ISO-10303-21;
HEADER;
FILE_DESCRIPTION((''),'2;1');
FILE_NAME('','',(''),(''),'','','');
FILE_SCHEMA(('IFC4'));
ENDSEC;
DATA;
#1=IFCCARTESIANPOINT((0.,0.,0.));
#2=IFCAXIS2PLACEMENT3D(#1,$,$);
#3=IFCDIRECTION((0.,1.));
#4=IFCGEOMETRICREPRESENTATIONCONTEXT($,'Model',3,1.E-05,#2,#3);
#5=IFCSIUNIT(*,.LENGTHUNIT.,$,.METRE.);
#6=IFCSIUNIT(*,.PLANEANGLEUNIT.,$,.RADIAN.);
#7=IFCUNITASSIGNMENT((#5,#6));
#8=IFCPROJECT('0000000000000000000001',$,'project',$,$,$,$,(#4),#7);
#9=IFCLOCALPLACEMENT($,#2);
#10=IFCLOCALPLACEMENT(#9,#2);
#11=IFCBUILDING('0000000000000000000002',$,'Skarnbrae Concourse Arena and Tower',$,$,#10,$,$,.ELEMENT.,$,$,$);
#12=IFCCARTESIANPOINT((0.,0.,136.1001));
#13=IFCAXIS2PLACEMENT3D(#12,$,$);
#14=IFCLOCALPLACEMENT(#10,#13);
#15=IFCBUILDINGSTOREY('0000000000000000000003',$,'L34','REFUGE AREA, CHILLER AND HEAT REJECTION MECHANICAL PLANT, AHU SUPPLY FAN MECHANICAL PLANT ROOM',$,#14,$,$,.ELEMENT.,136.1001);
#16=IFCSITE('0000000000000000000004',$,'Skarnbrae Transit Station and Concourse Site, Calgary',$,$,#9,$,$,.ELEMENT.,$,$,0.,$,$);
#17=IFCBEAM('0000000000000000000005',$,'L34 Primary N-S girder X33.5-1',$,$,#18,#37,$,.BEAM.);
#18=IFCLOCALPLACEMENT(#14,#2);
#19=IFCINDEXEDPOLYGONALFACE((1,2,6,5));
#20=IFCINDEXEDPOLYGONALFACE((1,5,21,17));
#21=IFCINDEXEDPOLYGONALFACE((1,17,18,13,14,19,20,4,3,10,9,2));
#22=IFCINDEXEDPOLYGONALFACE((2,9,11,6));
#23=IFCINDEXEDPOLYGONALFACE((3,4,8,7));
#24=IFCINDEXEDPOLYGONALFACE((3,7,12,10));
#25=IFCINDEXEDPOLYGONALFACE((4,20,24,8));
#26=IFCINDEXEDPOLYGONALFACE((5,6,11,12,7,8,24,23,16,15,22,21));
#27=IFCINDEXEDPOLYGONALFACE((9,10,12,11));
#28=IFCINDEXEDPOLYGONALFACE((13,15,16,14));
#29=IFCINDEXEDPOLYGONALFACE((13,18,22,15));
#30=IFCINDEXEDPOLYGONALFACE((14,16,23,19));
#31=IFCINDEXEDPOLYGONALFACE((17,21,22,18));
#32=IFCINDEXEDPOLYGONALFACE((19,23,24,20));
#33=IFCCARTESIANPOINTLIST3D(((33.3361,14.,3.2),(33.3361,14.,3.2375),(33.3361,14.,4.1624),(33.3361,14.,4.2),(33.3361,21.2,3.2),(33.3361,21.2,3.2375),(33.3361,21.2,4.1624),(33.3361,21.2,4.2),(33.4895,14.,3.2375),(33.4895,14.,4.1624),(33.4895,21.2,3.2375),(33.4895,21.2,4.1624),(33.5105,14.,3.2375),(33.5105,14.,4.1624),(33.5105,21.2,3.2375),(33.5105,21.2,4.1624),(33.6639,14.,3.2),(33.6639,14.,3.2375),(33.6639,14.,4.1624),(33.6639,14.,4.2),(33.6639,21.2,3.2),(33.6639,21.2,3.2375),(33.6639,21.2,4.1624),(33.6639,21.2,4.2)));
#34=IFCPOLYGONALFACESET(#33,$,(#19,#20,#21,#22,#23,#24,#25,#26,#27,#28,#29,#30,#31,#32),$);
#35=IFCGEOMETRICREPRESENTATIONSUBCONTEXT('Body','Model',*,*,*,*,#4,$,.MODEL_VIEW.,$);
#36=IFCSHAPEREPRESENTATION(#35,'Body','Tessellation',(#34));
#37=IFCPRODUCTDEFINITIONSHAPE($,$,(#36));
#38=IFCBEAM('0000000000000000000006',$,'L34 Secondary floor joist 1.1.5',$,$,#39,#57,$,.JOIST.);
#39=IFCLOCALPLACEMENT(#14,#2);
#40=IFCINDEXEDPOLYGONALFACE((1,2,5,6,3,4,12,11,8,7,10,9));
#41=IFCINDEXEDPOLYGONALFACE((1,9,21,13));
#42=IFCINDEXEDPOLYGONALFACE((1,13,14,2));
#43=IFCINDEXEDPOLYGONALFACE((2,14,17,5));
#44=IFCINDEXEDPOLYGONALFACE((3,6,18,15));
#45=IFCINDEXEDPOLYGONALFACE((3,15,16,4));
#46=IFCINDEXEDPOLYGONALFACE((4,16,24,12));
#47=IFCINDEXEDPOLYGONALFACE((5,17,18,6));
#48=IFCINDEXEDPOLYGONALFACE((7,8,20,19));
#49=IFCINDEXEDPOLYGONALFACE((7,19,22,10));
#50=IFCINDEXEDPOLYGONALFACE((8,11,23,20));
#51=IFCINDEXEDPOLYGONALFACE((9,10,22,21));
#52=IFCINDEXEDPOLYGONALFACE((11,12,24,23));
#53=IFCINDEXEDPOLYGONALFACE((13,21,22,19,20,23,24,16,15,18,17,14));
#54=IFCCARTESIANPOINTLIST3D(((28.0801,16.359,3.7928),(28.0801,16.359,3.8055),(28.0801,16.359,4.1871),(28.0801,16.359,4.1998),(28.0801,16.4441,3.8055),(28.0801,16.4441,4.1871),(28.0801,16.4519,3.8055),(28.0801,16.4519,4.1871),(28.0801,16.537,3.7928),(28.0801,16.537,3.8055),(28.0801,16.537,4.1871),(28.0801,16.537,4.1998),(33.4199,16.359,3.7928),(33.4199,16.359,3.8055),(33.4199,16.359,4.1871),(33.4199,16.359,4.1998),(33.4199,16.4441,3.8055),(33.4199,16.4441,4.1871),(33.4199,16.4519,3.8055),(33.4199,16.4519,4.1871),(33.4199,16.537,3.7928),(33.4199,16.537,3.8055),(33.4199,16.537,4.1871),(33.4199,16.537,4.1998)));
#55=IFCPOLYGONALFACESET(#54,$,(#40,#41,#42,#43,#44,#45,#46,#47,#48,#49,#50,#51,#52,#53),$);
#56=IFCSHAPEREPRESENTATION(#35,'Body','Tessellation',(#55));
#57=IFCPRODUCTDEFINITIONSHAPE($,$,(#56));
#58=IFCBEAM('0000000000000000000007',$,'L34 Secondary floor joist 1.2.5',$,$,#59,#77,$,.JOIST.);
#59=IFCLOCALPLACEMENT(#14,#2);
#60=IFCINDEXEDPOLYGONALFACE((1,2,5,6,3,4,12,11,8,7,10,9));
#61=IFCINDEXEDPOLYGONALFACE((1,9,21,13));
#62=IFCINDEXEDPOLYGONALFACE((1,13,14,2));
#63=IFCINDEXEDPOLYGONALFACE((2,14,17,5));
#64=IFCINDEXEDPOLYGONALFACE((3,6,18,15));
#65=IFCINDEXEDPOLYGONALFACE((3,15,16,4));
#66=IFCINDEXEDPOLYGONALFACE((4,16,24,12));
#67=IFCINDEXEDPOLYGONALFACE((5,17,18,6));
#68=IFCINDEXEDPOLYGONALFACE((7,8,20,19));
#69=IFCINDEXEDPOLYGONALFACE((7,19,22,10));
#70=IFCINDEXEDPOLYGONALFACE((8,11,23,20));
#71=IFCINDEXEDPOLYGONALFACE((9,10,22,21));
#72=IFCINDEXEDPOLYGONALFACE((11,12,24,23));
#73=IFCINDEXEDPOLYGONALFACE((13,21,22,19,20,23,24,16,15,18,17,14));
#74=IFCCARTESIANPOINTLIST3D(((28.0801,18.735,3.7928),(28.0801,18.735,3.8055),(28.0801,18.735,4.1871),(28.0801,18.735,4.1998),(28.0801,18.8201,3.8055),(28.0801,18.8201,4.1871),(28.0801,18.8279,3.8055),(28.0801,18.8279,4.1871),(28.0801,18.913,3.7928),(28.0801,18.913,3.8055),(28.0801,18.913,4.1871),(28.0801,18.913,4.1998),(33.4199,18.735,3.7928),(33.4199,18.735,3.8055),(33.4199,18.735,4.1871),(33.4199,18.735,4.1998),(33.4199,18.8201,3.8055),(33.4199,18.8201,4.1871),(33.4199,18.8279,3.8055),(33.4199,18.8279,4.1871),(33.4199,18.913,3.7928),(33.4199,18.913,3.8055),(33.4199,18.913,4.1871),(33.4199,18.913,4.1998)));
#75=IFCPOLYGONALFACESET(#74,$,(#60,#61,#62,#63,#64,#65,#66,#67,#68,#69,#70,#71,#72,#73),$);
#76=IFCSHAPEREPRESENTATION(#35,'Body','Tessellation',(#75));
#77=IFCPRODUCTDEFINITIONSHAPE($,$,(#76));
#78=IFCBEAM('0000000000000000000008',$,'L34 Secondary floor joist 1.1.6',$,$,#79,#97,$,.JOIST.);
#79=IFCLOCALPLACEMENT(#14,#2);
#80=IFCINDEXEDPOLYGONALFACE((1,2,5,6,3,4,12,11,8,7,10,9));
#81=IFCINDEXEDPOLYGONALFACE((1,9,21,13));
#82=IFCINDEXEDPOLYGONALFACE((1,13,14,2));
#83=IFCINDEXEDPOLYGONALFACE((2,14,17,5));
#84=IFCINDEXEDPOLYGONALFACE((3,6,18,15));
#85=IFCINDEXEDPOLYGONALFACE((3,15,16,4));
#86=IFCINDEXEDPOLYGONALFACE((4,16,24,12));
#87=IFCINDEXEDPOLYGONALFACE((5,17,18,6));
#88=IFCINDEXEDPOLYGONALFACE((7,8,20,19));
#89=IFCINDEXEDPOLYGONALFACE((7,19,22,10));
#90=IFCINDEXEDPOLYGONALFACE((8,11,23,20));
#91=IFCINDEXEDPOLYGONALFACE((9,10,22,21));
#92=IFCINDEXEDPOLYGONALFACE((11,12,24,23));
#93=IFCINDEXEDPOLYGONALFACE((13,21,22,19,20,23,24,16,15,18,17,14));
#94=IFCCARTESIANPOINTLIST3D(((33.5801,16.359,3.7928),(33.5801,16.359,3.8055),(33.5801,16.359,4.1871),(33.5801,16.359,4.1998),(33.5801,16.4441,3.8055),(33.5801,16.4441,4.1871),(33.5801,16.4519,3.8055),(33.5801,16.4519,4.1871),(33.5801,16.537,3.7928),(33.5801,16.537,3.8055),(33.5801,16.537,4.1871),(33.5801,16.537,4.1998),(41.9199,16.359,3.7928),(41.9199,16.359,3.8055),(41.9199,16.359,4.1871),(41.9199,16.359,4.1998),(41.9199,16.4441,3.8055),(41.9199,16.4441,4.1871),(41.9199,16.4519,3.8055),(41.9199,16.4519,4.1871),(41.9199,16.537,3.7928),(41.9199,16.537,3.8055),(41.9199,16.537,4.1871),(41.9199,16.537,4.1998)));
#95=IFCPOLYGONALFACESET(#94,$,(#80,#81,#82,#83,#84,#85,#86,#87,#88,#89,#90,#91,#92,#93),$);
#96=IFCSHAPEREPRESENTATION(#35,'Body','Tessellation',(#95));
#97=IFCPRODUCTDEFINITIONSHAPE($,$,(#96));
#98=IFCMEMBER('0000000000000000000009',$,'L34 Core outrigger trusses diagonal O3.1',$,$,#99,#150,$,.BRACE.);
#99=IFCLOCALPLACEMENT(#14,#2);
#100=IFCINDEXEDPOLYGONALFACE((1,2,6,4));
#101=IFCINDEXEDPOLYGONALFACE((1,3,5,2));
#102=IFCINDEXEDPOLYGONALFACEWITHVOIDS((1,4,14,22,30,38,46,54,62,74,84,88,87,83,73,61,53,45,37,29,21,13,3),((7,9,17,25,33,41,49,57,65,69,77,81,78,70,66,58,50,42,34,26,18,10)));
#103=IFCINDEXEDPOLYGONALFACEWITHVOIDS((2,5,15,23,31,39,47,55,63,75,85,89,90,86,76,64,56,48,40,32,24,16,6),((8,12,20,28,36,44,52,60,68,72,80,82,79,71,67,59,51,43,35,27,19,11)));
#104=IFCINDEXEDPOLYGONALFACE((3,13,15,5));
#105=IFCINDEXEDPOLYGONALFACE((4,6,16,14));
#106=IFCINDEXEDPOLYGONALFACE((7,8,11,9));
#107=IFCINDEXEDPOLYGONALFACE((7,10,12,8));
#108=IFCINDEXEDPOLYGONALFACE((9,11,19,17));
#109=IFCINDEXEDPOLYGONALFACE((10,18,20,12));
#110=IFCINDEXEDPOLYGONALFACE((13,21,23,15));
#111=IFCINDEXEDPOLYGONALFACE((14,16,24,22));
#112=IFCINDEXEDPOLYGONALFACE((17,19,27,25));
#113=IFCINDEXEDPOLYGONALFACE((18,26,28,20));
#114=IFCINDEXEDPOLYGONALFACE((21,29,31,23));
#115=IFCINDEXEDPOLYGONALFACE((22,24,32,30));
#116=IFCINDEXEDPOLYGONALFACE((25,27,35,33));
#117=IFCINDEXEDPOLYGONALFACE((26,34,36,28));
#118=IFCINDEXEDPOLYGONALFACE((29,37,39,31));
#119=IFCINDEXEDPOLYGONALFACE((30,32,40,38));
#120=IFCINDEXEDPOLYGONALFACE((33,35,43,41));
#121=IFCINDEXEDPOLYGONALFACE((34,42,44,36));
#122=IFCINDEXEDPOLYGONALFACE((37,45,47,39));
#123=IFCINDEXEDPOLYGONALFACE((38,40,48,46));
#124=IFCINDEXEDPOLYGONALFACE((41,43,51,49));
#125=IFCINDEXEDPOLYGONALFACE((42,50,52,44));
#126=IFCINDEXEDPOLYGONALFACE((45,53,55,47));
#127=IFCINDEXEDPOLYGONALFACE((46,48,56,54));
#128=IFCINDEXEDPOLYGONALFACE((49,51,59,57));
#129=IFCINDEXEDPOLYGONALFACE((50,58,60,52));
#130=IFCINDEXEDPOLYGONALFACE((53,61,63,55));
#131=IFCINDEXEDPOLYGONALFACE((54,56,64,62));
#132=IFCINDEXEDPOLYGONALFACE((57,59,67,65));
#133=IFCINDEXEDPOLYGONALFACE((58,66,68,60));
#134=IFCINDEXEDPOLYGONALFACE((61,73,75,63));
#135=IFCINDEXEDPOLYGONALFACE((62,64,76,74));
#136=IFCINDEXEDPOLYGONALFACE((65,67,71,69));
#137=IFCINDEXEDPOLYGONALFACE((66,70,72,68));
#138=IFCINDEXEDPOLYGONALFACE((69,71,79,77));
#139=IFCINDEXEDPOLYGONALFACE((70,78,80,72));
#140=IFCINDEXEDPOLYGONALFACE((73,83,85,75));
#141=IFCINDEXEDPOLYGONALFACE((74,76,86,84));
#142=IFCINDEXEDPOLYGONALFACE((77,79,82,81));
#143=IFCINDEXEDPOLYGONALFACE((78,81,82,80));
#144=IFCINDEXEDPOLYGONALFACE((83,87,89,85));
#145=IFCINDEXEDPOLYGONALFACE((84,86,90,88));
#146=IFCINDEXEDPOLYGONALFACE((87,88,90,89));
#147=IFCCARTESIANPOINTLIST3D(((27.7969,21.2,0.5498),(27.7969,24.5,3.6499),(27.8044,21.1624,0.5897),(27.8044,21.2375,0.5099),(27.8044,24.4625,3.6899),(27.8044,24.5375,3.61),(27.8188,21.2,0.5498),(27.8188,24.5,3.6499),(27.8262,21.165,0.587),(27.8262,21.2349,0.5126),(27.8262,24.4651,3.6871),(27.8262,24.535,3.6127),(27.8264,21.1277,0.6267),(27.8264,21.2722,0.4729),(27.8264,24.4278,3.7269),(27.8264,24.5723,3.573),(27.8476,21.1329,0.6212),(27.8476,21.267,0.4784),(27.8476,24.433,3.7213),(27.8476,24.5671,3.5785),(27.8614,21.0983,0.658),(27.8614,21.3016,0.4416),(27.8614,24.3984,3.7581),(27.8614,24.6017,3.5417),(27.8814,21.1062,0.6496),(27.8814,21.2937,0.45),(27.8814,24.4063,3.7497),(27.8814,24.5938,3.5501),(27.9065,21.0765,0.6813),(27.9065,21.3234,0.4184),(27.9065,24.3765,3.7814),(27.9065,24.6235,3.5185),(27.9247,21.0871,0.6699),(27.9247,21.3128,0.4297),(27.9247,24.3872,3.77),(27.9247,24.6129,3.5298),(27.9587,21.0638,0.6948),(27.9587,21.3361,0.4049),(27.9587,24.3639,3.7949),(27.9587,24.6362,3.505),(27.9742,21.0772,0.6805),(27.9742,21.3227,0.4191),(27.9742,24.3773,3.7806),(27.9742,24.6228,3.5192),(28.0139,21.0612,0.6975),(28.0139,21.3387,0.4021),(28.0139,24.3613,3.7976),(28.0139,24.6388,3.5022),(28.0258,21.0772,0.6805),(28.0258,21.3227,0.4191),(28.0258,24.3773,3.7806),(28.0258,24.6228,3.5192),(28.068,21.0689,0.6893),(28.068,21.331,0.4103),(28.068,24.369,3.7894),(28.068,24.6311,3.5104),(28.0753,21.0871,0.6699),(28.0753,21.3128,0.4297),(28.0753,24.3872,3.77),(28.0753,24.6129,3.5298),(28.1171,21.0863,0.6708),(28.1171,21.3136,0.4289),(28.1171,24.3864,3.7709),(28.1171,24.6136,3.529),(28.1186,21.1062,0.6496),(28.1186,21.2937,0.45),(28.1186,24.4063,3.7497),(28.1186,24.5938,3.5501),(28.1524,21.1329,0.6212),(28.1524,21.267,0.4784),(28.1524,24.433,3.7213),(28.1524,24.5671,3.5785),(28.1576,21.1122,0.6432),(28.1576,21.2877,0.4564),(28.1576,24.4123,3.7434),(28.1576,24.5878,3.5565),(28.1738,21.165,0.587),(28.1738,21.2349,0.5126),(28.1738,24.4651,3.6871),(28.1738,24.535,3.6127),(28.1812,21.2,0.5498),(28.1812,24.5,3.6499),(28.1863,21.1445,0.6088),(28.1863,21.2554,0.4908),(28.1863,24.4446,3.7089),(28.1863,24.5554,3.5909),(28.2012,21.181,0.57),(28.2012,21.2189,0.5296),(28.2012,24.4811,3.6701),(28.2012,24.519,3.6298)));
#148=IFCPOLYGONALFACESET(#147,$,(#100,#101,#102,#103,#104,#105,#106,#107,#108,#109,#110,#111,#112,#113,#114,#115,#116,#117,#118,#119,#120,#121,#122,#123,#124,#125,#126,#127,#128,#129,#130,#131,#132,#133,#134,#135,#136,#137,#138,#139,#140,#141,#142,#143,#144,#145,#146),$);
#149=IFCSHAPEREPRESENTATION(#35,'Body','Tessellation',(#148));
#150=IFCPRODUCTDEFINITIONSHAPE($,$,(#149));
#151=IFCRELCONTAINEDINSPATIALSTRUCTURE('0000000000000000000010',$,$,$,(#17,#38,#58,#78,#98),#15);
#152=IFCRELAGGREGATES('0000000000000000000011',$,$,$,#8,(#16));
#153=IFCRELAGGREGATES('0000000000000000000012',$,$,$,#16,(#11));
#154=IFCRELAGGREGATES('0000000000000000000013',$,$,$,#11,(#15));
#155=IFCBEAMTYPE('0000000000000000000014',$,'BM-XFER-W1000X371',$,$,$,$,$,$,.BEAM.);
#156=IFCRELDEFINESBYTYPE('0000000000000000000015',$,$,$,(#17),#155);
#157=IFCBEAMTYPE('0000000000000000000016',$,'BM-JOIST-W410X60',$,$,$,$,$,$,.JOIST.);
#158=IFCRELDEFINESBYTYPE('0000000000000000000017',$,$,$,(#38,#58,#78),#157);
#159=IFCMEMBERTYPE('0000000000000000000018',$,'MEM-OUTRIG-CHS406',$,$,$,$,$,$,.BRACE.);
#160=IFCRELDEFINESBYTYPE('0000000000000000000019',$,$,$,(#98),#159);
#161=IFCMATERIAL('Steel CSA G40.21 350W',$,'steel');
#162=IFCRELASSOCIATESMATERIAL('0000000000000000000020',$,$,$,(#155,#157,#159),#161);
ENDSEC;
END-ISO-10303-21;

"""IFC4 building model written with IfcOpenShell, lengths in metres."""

from ifc_helpers import new_model, si_unit, direction, frame, origin, origin_2d, place, context, subcontext, project, spatial, hollow_circle, i_section, extrude, source, transform, mapped, material, material_profile, profile_set, type_object, element, save


model = new_model("IFC4")

# Units and contexts
model_context = context("Model", 3, precision=1e-05, world=origin(), true_north=direction((0.0, 1.0)))
body_context = subcontext(model_context, "Body", "Model", "MODEL_VIEW")
ifc_project = project(units=[si_unit("LENGTHUNIT", "METRE"), si_unit("PLANEANGLEUNIT", "RADIAN")], contexts=[model_context])

# Site, building, storey
site_placement = place(None, origin())
site = spatial("IfcSite", under=ifc_project, at=site_placement, Name="Skarnbrae Transit Station and Concourse Site, Calgary", CompositionType="ELEMENT", RefElevation=0.0)
building_placement = place(site_placement, origin())
building = spatial("IfcBuilding", under=site, at=building_placement, Name="Skarnbrae Concourse Arena and Tower", CompositionType="ELEMENT")
storey_placement = place(building_placement, frame((0.0, 0.0, 136.1001)))
storey = spatial("IfcBuildingStorey", under=building, at=storey_placement, Name="L34", Description="REFUGE AREA, CHILLER AND HEAT REJECTION MECHANICAL PLANT, AHU SUPPLY FAN MECHANICAL PLANT ROOM", CompositionType="ELEMENT", Elevation=136.1001)

# Shared definitions
ifc_material_1 = material(Name="Steel CSA G40.21 350W", Category="steel")

# Beams
ifc_material_profile_1 = material_profile(ifc_material_1, i_section(OverallWidth=0.3279, OverallDepth=1.0, WebThickness=0.021, FlangeThickness=0.0376, at=origin_2d()), Name="W1000X371")
ifc_profile_set_1 = profile_set([ifc_material_profile_1], Name="Steel CSA G40.21 350W")
beam_type_1 = type_object("IfcBeamType", Name="BM-XFER-W1000X371", PredefinedType="BEAM", material=ifc_profile_set_1)
shared_shape_1 = source(origin(), body_context, "Body", "SweptSolid", [
    extrude(i_section(OverallWidth=0.3279, OverallDepth=1.0, WebThickness=0.021, FlangeThickness=0.0376, at=origin_2d()), origin(), (0.0, 0.0, 1.0), 7.2),
])
for number, where, z_axis, x_axis, name in (
    (1, (33.5, 14.0, 3.7), (0.0, 1.0, 0.0), (-1.0, 0.0, 0.0), "L34 Primary N-S girder X33.5-1"),
):
    element("IfcBeam", number, at=place(storey_placement, frame(where, z_axis=z_axis, x_axis=x_axis)), inside=storey, type_object=beam_type_1, Name=name, PredefinedType="BEAM", context=body_context, shape_type="MappedRepresentation", body=[
        mapped(shared_shape_1, transform((0.0, 0.0, 0.0))),
    ])
ifc_material_profile_2 = material_profile(ifc_material_1, i_section(OverallWidth=0.178, OverallDepth=0.407, WebThickness=0.0078, FlangeThickness=0.0127, at=origin_2d()), Name="W410X60")
ifc_profile_set_2 = profile_set([ifc_material_profile_2], Name="Steel CSA G40.21 350W")
beam_type_2 = type_object("IfcBeamType", Name="BM-JOIST-W410X60", PredefinedType="JOIST", material=ifc_profile_set_2)
shared_shape_2 = source(origin(), body_context, "Body", "SweptSolid", [
    extrude(i_section(OverallWidth=0.178, OverallDepth=0.407, WebThickness=0.0078, FlangeThickness=0.0127, at=origin_2d()), origin(), (0.0, 0.0, 1.0), 5.3398),
])
for number, where, z_axis, x_axis, name in (
    (2, (28.0801, 16.448, 3.9963), (1.0, 0.0, 0.0), (0.0, 1.0, 0.0), "L34 Secondary floor joist 1.1.5"),
    (3, (28.0801, 18.824, 3.9963), (1.0, 0.0, 0.0), (0.0, 1.0, 0.0), "L34 Secondary floor joist 1.2.5"),
):
    element("IfcBeam", number, at=place(storey_placement, frame(where, z_axis=z_axis, x_axis=x_axis)), inside=storey, type_object=beam_type_2, Name=name, PredefinedType="JOIST", context=body_context, shape_type="MappedRepresentation", body=[
        mapped(shared_shape_2, transform((0.0, 0.0, 0.0))),
    ])
shared_shape_3 = source(origin(), body_context, "Body", "SweptSolid", [
    extrude(i_section(OverallWidth=0.178, OverallDepth=0.407, WebThickness=0.0078, FlangeThickness=0.0127, at=origin_2d()), origin(), (0.0, 0.0, 1.0), 8.3398),
])
beam_1_placement = place(storey_placement, frame((33.5801, 16.448, 3.9963), z_axis=(1.0, 0.0, 0.0), x_axis=(0.0, 1.0, 0.0)))
element("IfcBeam", 4, at=beam_1_placement, inside=storey, type_object=beam_type_2, Name="L34 Secondary floor joist 1.1.6", PredefinedType="JOIST", context=body_context, shape_type="MappedRepresentation", body=[
    mapped(shared_shape_3, transform((0.0, 0.0, 0.0))),
])

# Member
ifc_material_profile_3 = material_profile(ifc_material_1, hollow_circle(Radius=0.2031, WallThickness=0.022, at=origin_2d()), Name="HSS406X22.0")
ifc_profile_set_3 = profile_set([ifc_material_profile_3], Name="Steel CSA G40.21 350W")
member_type = type_object("IfcMemberType", Name="MEM-OUTRIG-CHS406", PredefinedType="BRACE", material=ifc_profile_set_3)
shared_shape_4 = source(origin(), body_context, "Body", "SweptSolid", [
    extrude(hollow_circle(Radius=0.2031, WallThickness=0.022, at=origin_2d()), origin(), (0.0, 0.0, 1.0), 4.5278),
])
for number, where, z_axis, x_axis, name in (
    (5, (28.0, 21.2, 0.5498), (0.0, 0.728842, 0.684682), (-1.0, 0.0, 0.0), "L34 Core outrigger trusses diagonal O3.1"),
):
    element("IfcMember", number, at=place(storey_placement, frame(where, z_axis=z_axis, x_axis=x_axis)), inside=storey, type_object=member_type, Name=name, PredefinedType="BRACE", context=body_context, shape_type="MappedRepresentation", body=[
        mapped(shared_shape_4, transform((0.0, 0.0, 0.0))),
    ])

save(model, "model.ifc")
